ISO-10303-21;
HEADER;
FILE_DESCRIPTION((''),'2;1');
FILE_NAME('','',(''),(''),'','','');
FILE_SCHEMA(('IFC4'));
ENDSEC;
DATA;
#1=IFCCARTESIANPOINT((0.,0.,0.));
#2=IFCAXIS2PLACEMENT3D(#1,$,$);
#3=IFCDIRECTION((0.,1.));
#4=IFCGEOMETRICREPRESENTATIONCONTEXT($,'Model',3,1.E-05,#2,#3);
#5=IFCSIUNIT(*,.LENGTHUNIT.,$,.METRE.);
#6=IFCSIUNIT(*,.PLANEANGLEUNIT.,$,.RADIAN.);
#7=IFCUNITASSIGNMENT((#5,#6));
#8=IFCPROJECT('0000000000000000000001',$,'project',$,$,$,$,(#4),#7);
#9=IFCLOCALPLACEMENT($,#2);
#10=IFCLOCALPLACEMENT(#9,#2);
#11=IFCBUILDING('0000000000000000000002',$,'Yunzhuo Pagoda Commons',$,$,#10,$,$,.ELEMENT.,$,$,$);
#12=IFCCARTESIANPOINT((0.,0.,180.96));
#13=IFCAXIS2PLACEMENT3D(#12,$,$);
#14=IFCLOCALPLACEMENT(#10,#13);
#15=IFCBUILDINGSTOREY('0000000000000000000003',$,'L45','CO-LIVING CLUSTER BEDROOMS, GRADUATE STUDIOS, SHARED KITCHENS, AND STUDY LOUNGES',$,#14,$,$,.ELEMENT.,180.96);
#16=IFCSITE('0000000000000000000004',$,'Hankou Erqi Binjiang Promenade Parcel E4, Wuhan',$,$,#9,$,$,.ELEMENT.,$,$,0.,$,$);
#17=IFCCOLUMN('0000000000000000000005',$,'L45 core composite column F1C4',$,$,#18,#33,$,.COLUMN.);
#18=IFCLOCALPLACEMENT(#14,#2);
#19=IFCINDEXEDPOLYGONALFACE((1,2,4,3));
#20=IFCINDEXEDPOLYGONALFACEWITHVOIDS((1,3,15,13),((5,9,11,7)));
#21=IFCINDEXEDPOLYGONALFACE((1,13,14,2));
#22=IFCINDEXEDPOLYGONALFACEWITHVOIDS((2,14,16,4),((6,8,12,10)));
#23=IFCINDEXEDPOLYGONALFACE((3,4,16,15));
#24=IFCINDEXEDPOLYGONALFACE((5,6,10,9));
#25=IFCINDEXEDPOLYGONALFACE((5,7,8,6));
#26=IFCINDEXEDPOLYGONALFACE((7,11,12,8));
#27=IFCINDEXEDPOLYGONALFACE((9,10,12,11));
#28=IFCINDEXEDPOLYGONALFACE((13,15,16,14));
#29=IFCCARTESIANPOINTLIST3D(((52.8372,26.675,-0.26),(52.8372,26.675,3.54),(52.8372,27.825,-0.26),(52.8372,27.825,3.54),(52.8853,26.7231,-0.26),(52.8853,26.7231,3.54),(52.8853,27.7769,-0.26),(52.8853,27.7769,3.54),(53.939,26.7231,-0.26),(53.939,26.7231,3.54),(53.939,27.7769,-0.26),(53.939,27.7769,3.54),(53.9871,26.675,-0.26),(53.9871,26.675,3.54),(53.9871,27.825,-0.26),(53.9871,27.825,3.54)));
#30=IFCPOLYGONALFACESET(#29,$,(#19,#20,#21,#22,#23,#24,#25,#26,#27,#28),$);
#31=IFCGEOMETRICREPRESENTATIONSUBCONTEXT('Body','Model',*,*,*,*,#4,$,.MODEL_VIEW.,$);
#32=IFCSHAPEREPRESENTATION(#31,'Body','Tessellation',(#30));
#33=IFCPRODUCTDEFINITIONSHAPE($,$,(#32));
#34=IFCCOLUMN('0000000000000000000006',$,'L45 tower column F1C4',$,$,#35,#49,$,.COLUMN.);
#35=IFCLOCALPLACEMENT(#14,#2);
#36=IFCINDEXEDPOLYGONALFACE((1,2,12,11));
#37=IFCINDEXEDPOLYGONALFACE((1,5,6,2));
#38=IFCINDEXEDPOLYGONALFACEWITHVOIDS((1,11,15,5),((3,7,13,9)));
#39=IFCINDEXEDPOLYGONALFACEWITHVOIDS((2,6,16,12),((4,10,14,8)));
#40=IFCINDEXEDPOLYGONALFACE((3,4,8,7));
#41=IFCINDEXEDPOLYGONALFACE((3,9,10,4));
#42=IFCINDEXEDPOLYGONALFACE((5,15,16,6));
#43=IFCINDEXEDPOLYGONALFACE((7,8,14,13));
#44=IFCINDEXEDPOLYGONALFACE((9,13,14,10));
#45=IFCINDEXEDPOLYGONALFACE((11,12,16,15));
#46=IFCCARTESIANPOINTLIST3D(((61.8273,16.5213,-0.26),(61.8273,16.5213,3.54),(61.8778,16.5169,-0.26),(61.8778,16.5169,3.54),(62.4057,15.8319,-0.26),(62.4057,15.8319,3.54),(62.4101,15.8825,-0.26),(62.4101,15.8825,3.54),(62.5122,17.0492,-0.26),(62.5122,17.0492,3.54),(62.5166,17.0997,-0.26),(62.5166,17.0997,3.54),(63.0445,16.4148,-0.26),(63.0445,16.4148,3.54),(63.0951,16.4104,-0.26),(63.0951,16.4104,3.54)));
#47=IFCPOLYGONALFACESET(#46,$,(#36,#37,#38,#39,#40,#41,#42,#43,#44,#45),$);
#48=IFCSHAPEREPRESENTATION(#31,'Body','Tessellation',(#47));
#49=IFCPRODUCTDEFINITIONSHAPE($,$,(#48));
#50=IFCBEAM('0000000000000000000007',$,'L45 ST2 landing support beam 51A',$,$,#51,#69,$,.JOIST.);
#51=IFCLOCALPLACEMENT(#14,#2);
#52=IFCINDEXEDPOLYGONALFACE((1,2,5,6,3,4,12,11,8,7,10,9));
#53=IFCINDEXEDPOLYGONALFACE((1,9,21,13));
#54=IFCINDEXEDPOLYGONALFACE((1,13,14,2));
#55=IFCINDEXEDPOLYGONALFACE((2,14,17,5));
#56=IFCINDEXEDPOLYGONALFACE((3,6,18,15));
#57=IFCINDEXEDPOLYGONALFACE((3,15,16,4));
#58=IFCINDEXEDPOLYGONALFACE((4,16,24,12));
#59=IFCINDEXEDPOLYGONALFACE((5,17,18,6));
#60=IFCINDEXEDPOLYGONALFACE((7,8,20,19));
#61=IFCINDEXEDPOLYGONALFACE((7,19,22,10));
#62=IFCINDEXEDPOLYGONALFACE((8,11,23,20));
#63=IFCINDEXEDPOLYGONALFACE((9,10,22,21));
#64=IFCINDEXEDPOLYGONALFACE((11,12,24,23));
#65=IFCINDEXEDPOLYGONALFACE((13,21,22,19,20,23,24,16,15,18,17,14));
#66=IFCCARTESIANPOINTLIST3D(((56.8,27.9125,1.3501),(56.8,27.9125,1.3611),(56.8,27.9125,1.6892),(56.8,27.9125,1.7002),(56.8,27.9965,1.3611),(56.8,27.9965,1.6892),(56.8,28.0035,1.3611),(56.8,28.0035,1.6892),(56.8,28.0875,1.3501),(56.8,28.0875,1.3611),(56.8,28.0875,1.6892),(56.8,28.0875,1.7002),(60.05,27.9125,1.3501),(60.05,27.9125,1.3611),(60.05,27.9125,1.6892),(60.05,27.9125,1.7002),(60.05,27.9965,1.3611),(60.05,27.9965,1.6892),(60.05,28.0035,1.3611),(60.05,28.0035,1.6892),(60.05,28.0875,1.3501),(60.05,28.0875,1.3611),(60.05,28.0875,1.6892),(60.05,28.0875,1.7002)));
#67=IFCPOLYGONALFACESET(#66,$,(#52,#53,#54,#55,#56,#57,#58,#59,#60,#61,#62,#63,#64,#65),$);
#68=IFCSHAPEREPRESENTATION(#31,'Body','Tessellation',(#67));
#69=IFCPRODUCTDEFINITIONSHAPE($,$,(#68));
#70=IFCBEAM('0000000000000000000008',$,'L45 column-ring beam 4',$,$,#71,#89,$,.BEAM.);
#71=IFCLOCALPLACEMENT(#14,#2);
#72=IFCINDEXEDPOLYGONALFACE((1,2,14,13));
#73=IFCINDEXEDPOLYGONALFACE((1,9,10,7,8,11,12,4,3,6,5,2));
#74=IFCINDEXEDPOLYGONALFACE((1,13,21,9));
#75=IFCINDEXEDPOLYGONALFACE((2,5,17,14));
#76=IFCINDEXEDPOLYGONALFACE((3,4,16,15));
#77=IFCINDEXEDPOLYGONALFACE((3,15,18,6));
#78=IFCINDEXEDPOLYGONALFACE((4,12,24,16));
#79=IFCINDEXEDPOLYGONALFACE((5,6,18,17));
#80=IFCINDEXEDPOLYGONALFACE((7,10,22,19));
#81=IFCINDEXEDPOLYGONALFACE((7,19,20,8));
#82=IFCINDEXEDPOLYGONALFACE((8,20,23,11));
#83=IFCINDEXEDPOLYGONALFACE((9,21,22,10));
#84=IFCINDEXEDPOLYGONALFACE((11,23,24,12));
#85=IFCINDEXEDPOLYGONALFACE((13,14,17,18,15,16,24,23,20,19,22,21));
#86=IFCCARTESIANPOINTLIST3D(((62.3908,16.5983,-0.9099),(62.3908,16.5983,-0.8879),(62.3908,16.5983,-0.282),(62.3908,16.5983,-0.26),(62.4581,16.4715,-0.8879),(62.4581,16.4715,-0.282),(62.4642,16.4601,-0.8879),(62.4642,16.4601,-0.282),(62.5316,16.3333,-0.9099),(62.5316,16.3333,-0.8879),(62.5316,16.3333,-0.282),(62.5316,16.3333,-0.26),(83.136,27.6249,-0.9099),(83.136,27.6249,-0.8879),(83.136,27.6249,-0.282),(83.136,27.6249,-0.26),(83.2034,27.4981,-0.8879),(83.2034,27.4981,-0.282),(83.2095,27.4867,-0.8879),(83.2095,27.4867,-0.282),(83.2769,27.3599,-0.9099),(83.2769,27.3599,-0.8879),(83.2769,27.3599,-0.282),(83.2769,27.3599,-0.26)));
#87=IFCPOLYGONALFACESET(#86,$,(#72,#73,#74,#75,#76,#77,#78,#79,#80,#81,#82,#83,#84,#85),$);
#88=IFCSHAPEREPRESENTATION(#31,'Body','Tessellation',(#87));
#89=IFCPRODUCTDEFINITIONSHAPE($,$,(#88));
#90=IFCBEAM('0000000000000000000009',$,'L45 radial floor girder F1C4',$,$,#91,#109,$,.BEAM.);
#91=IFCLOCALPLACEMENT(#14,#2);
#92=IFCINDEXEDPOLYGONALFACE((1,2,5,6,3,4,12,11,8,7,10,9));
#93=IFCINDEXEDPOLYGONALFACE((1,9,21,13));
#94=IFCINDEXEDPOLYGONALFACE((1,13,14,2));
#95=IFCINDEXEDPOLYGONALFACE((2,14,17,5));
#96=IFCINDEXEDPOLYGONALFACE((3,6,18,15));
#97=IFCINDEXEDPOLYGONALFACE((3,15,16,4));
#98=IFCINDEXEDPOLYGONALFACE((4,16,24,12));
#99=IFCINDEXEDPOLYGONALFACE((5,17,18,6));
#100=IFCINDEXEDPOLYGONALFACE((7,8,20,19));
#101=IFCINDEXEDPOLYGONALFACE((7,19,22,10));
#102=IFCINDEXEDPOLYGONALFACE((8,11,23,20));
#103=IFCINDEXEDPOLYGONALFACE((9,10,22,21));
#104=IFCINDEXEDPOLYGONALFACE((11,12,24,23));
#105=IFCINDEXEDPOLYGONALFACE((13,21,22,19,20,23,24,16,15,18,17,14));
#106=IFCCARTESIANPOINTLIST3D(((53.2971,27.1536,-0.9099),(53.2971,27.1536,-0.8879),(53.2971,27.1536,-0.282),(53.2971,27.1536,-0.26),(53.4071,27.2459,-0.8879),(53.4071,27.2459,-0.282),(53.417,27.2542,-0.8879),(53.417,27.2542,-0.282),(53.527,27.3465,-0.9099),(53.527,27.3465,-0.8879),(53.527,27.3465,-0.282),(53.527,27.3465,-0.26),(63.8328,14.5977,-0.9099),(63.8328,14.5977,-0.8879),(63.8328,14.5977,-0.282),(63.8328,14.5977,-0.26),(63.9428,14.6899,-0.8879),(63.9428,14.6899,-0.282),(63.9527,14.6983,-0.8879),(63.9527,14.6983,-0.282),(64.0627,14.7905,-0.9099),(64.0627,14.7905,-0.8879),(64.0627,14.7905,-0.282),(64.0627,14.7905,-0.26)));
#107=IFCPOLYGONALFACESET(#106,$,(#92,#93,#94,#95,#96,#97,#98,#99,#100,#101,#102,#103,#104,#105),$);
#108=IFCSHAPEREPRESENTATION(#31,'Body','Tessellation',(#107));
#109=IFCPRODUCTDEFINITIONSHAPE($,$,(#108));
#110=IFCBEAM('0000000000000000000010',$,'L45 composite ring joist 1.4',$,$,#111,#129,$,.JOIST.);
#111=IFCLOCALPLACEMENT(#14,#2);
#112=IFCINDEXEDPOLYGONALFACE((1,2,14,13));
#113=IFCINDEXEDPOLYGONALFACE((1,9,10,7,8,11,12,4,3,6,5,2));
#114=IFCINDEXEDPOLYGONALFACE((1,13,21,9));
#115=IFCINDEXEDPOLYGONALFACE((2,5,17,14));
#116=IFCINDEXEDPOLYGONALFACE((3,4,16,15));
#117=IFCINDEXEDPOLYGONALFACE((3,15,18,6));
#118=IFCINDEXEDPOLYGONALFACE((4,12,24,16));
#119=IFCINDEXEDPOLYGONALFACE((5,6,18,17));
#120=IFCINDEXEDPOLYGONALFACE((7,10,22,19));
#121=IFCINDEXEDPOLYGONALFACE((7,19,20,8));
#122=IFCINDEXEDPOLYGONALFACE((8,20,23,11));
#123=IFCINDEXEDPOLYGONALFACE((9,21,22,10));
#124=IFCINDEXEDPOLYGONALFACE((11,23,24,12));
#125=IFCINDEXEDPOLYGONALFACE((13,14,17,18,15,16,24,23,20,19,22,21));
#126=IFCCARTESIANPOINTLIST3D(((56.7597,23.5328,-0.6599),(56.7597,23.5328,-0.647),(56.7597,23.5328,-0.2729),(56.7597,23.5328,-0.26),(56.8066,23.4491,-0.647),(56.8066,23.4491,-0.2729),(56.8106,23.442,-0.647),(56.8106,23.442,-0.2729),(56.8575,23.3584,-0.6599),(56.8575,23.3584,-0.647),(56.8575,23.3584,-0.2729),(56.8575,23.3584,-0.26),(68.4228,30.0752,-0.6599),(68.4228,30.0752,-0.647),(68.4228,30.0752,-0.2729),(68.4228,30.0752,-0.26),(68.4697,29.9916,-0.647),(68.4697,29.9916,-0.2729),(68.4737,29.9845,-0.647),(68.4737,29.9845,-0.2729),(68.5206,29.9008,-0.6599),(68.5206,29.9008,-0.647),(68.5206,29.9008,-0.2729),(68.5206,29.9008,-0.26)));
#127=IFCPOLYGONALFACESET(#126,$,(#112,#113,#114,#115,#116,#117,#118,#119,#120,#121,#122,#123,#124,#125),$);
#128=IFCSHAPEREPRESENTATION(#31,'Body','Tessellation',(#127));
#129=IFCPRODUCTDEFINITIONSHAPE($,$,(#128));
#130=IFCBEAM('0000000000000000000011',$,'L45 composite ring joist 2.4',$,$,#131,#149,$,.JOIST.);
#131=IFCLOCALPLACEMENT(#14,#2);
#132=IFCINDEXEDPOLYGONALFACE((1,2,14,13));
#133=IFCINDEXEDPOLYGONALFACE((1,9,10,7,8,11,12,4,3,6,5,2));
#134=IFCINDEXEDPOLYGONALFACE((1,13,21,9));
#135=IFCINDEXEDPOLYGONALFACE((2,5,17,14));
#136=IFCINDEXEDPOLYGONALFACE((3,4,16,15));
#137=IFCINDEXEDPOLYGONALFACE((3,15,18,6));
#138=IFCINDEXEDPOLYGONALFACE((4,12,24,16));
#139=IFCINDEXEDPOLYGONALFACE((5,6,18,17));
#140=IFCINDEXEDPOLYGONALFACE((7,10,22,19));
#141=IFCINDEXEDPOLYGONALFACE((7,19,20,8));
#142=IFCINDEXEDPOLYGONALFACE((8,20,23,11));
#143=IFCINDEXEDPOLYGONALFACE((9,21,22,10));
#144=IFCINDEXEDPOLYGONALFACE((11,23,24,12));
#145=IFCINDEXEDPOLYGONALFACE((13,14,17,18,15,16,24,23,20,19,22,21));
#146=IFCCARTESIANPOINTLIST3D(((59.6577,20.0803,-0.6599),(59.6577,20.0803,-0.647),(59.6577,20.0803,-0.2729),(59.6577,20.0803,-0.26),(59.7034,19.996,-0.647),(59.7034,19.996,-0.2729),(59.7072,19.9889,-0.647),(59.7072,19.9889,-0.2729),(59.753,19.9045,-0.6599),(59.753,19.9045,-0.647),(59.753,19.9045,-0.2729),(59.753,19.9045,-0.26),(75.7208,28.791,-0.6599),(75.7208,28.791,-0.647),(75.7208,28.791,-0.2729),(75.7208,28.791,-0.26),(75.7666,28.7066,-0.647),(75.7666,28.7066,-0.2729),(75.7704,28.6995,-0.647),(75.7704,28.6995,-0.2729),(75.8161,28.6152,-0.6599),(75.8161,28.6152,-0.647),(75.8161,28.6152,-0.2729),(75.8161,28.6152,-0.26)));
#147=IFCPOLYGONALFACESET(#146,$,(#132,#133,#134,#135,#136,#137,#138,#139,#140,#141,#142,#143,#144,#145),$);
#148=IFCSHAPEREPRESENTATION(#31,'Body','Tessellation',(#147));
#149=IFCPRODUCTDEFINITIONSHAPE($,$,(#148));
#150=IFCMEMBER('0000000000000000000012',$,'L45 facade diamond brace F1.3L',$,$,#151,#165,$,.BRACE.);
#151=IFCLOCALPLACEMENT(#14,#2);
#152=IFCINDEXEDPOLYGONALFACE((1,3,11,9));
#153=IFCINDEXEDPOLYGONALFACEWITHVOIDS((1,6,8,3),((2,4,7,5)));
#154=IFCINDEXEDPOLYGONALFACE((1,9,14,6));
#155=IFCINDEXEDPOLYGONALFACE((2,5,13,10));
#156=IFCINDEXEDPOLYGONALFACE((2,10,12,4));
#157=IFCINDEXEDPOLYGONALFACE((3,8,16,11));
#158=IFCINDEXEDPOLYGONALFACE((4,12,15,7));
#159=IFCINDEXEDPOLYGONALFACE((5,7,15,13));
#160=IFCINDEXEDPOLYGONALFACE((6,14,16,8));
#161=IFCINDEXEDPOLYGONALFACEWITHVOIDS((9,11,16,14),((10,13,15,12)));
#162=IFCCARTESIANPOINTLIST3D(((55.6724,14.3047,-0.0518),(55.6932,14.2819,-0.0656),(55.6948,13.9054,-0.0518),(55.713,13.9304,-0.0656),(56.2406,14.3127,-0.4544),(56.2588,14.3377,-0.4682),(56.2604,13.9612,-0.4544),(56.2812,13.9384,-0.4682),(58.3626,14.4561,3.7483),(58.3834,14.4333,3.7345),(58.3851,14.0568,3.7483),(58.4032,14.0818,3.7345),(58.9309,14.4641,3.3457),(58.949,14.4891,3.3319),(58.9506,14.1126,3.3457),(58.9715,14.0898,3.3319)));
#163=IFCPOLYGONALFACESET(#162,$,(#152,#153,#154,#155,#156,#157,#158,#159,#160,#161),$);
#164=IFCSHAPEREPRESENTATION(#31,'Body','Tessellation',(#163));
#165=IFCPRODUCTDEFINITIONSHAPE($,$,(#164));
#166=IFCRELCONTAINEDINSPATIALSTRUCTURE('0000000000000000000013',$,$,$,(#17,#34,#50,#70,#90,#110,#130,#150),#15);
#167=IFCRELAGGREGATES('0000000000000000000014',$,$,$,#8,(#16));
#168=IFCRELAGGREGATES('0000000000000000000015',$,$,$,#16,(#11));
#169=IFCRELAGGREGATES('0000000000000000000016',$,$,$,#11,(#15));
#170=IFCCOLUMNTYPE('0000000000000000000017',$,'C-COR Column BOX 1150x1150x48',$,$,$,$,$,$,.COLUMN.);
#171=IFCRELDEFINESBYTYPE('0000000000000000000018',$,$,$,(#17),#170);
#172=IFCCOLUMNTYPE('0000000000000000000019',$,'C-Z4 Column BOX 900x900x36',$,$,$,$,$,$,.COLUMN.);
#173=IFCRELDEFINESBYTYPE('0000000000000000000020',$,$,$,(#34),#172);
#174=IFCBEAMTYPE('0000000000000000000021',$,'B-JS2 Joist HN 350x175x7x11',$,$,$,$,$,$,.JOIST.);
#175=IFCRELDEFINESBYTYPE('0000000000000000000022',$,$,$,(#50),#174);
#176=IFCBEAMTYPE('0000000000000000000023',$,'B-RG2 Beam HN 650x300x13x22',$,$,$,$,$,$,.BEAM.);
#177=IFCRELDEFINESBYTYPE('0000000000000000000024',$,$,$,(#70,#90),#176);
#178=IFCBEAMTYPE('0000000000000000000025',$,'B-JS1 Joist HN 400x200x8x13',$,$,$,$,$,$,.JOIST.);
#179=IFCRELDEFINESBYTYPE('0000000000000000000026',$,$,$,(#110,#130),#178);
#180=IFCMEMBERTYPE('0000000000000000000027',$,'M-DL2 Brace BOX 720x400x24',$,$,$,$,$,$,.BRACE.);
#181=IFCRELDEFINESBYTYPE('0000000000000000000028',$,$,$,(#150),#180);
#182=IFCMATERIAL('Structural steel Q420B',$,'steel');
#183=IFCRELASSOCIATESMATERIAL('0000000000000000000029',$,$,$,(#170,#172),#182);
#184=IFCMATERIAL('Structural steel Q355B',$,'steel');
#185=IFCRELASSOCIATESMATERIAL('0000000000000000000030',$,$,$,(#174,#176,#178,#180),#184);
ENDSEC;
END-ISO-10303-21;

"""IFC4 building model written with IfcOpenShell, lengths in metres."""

from ifc_helpers import new_model, si_unit, direction, frame, origin, origin_2d, place, context, subcontext, project, spatial, hollow_rectangle, i_section, extrude, source, transform, mapped, material, material_profile, profile_set, type_object, element, save


model = new_model("IFC4")

# Units and contexts
model_context = context("Model", 3, precision=1e-05, world=origin(), true_north=direction((0.0, 1.0)))
body_context = subcontext(model_context, "Body", "Model", "MODEL_VIEW")
ifc_project = project(units=[si_unit("LENGTHUNIT", "METRE"), si_unit("PLANEANGLEUNIT", "RADIAN")], contexts=[model_context])

# Site, building, storey
site_placement = place(None, origin())
site = spatial("IfcSite", under=ifc_project, at=site_placement, Name="Hankou Erqi Binjiang Promenade Parcel E4, Wuhan", CompositionType="ELEMENT", RefElevation=0.0)
building_placement = place(site_placement, origin())
building = spatial("IfcBuilding", under=site, at=building_placement, Name="Yunzhuo Pagoda Commons", CompositionType="ELEMENT")
storey_placement = place(building_placement, frame((0.0, 0.0, 180.96)))
storey = spatial("IfcBuildingStorey", under=building, at=storey_placement, Name="L45", Description="CO-LIVING CLUSTER BEDROOMS, GRADUATE STUDIOS, SHARED KITCHENS, AND STUDY LOUNGES", CompositionType="ELEMENT", Elevation=180.96)

# Columns
ifc_material_1 = material(Name="Structural steel Q420B", Category="steel")
ifc_material_profile_1 = material_profile(ifc_material_1, hollow_rectangle(XDim=1.1499, YDim=1.1499, WallThickness=0.0481, at=origin_2d()), Name="Structural steel Q420B")
ifc_profile_set_1 = profile_set([ifc_material_profile_1], Name="Structural steel Q420B")
column_type_1 = type_object("IfcColumnType", Name="C-COR Column BOX 1150x1150x48", PredefinedType="COLUMN", material=ifc_profile_set_1)
shared_shape_1 = source(origin(), body_context, "Body", "SweptSolid", [
    extrude(hollow_rectangle(XDim=1.1499, YDim=1.1499, WallThickness=0.0481, at=origin_2d()), origin(), (0.0, 0.0, 1.0), 3.8),
])
column_1_placement = place(storey_placement, frame((53.4121, 27.25, -0.26), z_axis=(0.0, 0.0, 1.0), x_axis=(1.0, 0.0, 0.0)))
element("IfcColumn", 1, at=column_1_placement, inside=storey, type_object=column_type_1, Name="L45 core composite column F1C4", PredefinedType="COLUMN", context=body_context, shape_type="MappedRepresentation", body=[
    mapped(shared_shape_1, transform((0.0, 0.0, 0.0), scale=1.0)),
])
ifc_material_profile_2 = material_profile(ifc_material_1, hollow_rectangle(XDim=0.8999, YDim=0.8999, WallThickness=0.0359, at=origin_2d()), Name="Structural steel Q420B")
ifc_profile_set_2 = profile_set([ifc_material_profile_2], Name="Structural steel Q420B")
column_type_2 = type_object("IfcColumnType", Name="C-Z4 Column BOX 900x900x36", PredefinedType="COLUMN", material=ifc_profile_set_2)
shared_shape_2 = source(origin(), body_context, "Body", "SweptSolid", [
    extrude(hollow_rectangle(XDim=0.8999, YDim=0.8999, WallThickness=0.0359, at=origin_2d()), origin(), (0.0, 0.0, 1.0), 3.8),
])
column_2_placement = place(storey_placement, frame((62.4612, 16.4658, -0.26), z_axis=(0.0, 0.0, 1.0), x_axis=(0.766044, 0.642788, 0.0)))
element("IfcColumn", 2, at=column_2_placement, inside=storey, type_object=column_type_2, Name="L45 tower column F1C4", PredefinedType="COLUMN", context=body_context, shape_type="MappedRepresentation", body=[
    mapped(shared_shape_2, transform((0.0, 0.0, 0.0), scale=1.0)),
])

# Beams
ifc_material_2 = material(Name="Structural steel Q355B", Category="steel")
ifc_material_profile_3 = material_profile(ifc_material_2, i_section(OverallWidth=0.175, OverallDepth=0.3501, WebThickness=0.0071, FlangeThickness=0.011, at=origin_2d()), Name="Structural steel Q355B")
ifc_profile_set_3 = profile_set([ifc_material_profile_3], Name="Structural steel Q355B")
beam_type_1 = type_object("IfcBeamType", Name="B-JS2 Joist HN 350x175x7x11", PredefinedType="JOIST", material=ifc_profile_set_3)
shared_shape_3 = source(origin(), body_context, "Body", "SweptSolid", [
    extrude(i_section(OverallWidth=0.175, OverallDepth=0.3501, WebThickness=0.0071, FlangeThickness=0.011, at=origin_2d()), origin(), (0.0, 0.0, 1.0), 3.25),
])
beam_1_placement = place(storey_placement, frame((56.8, 28.0, 1.5251), z_axis=(1.0, 0.0, 0.0), x_axis=(0.0, 1.0, 0.0)))
element("IfcBeam", 3, at=beam_1_placement, inside=storey, type_object=beam_type_1, Name="L45 ST2 landing support beam 51A", PredefinedType="JOIST", context=body_context, shape_type="MappedRepresentation", body=[
    mapped(shared_shape_3, transform((0.0, 0.0, 0.0), scale=1.0)),
])
ifc_material_profile_4 = material_profile(ifc_material_2, i_section(OverallWidth=0.3, OverallDepth=0.6499, WebThickness=0.0129, FlangeThickness=0.022, at=origin_2d()), Name="Structural steel Q355B")
ifc_profile_set_4 = profile_set([ifc_material_profile_4], Name="Structural steel Q355B")
beam_type_2 = type_object("IfcBeamType", Name="B-RG2 Beam HN 650x300x13x22", PredefinedType="BEAM", material=ifc_profile_set_4)
shared_shape_4 = source(origin(), body_context, "Body", "SweptSolid", [
    extrude(i_section(OverallWidth=0.3, OverallDepth=0.6499, WebThickness=0.0129, FlangeThickness=0.022, at=origin_2d()), origin(), (0.0, 0.0, 1.0), 23.4937),
])
beam_2_placement = place(storey_placement, frame((62.4612, 16.4658, -0.585), z_axis=(0.883016, 0.469342, 0.0), x_axis=(-0.469342, 0.883016, 0.0)))
element("IfcBeam", 4, at=beam_2_placement, inside=storey, type_object=beam_type_2, Name="L45 column-ring beam 4", PredefinedType="BEAM", context=body_context, shape_type="MappedRepresentation", body=[
    mapped(shared_shape_4, transform((0.0, 0.0, 0.0), scale=1.0)),
])
shared_shape_5 = source(origin(), body_context, "Body", "SweptSolid", [
    extrude(i_section(OverallWidth=0.3, OverallDepth=0.6499, WebThickness=0.0129, FlangeThickness=0.022, at=origin_2d()), origin(), (0.0, 0.0, 1.0), 16.3906),
])
beam_3_placement = place(storey_placement, frame((63.9478, 14.6941, -0.585), z_axis=(-0.642787, 0.766045, 0.0), x_axis=(-0.766045, -0.642787, 0.0)))
element("IfcBeam", 5, at=beam_3_placement, inside=storey, type_object=beam_type_2, Name="L45 radial floor girder F1C4", PredefinedType="BEAM", context=body_context, shape_type="MappedRepresentation", body=[
    mapped(shared_shape_5, transform((0.0, 0.0, 0.0), scale=1.0)),
])
ifc_material_profile_5 = material_profile(ifc_material_2, i_section(OverallWidth=0.2, OverallDepth=0.3999, WebThickness=0.0081, FlangeThickness=0.0129, at=origin_2d()), Name="Structural steel Q355B")
ifc_profile_set_5 = profile_set([ifc_material_profile_5], Name="Structural steel Q355B")
beam_type_3 = type_object("IfcBeamType", Name="B-JS1 Joist HN 400x200x8x13", PredefinedType="JOIST", material=ifc_profile_set_5)
shared_shape_6 = source(origin(), body_context, "Body", "SweptSolid", [
    extrude(i_section(OverallWidth=0.2, OverallDepth=0.3999, WebThickness=0.0081, FlangeThickness=0.0129, at=origin_2d()), origin(), (0.0, 0.0, 1.0), 13.3728),
])
beam_4_placement = place(storey_placement, frame((56.8086, 23.4456, -0.46), z_axis=(0.87215, 0.489238, 0.0), x_axis=(-0.489238, 0.87215, 0.0)))
element("IfcBeam", 6, at=beam_4_placement, inside=storey, type_object=beam_type_3, Name="L45 composite ring joist 1.4", PredefinedType="JOIST", context=body_context, shape_type="MappedRepresentation", body=[
    mapped(shared_shape_6, transform((0.0, 0.0, 0.0), scale=1.0)),
])
shared_shape_7 = source(origin(), body_context, "Body", "SweptSolid", [
    extrude(i_section(OverallWidth=0.2, OverallDepth=0.3999, WebThickness=0.0081, FlangeThickness=0.0129, at=origin_2d()), origin(), (0.0, 0.0, 1.0), 18.2729),
])
beam_5_placement = place(storey_placement, frame((59.7053, 19.9924, -0.46), z_axis=(0.879068, 0.476697, 0.0), x_axis=(-0.476697, 0.879068, 0.0)))
element("IfcBeam", 7, at=beam_5_placement, inside=storey, type_object=beam_type_3, Name="L45 composite ring joist 2.4", PredefinedType="JOIST", context=body_context, shape_type="MappedRepresentation", body=[
    mapped(shared_shape_7, transform((0.0, 0.0, 0.0), scale=1.0)),
])

# Member
ifc_material_profile_6 = material_profile(ifc_material_2, hollow_rectangle(XDim=0.3999, YDim=0.72, WallThickness=0.0239, at=origin_2d()), Name="Structural steel Q355B")
ifc_profile_set_6 = profile_set([ifc_material_profile_6], Name="Structural steel Q355B")
member_type = type_object("IfcMemberType", Name="M-DL2 Brace BOX 720x400x24", PredefinedType="BRACE", material=ifc_profile_set_6)
shared_shape_8 = source(origin(), body_context, "Body", "SweptSolid", [
    extrude(hollow_rectangle(XDim=0.3999, YDim=0.72, WallThickness=0.0239, at=origin_2d()), origin(), (0.0, 0.0, 1.0), 4.6584),
])
for number, where, z_axis, x_axis, name in (
    (8, (55.9768, 14.1216, -0.26), (0.577495, 0.032494, 0.815747), (-0.056178, 0.998421, 0.0), "L45 facade diamond brace F1.3L"),
):
    element("IfcMember", number, at=place(storey_placement, frame(where, z_axis=z_axis, x_axis=x_axis)), inside=storey, type_object=member_type, Name=name, PredefinedType="BRACE", context=body_context, shape_type="MappedRepresentation", body=[
        mapped(shared_shape_8, transform((0.0, 0.0, 0.0), scale=1.0)),
    ])

save(model, "model.ifc")
